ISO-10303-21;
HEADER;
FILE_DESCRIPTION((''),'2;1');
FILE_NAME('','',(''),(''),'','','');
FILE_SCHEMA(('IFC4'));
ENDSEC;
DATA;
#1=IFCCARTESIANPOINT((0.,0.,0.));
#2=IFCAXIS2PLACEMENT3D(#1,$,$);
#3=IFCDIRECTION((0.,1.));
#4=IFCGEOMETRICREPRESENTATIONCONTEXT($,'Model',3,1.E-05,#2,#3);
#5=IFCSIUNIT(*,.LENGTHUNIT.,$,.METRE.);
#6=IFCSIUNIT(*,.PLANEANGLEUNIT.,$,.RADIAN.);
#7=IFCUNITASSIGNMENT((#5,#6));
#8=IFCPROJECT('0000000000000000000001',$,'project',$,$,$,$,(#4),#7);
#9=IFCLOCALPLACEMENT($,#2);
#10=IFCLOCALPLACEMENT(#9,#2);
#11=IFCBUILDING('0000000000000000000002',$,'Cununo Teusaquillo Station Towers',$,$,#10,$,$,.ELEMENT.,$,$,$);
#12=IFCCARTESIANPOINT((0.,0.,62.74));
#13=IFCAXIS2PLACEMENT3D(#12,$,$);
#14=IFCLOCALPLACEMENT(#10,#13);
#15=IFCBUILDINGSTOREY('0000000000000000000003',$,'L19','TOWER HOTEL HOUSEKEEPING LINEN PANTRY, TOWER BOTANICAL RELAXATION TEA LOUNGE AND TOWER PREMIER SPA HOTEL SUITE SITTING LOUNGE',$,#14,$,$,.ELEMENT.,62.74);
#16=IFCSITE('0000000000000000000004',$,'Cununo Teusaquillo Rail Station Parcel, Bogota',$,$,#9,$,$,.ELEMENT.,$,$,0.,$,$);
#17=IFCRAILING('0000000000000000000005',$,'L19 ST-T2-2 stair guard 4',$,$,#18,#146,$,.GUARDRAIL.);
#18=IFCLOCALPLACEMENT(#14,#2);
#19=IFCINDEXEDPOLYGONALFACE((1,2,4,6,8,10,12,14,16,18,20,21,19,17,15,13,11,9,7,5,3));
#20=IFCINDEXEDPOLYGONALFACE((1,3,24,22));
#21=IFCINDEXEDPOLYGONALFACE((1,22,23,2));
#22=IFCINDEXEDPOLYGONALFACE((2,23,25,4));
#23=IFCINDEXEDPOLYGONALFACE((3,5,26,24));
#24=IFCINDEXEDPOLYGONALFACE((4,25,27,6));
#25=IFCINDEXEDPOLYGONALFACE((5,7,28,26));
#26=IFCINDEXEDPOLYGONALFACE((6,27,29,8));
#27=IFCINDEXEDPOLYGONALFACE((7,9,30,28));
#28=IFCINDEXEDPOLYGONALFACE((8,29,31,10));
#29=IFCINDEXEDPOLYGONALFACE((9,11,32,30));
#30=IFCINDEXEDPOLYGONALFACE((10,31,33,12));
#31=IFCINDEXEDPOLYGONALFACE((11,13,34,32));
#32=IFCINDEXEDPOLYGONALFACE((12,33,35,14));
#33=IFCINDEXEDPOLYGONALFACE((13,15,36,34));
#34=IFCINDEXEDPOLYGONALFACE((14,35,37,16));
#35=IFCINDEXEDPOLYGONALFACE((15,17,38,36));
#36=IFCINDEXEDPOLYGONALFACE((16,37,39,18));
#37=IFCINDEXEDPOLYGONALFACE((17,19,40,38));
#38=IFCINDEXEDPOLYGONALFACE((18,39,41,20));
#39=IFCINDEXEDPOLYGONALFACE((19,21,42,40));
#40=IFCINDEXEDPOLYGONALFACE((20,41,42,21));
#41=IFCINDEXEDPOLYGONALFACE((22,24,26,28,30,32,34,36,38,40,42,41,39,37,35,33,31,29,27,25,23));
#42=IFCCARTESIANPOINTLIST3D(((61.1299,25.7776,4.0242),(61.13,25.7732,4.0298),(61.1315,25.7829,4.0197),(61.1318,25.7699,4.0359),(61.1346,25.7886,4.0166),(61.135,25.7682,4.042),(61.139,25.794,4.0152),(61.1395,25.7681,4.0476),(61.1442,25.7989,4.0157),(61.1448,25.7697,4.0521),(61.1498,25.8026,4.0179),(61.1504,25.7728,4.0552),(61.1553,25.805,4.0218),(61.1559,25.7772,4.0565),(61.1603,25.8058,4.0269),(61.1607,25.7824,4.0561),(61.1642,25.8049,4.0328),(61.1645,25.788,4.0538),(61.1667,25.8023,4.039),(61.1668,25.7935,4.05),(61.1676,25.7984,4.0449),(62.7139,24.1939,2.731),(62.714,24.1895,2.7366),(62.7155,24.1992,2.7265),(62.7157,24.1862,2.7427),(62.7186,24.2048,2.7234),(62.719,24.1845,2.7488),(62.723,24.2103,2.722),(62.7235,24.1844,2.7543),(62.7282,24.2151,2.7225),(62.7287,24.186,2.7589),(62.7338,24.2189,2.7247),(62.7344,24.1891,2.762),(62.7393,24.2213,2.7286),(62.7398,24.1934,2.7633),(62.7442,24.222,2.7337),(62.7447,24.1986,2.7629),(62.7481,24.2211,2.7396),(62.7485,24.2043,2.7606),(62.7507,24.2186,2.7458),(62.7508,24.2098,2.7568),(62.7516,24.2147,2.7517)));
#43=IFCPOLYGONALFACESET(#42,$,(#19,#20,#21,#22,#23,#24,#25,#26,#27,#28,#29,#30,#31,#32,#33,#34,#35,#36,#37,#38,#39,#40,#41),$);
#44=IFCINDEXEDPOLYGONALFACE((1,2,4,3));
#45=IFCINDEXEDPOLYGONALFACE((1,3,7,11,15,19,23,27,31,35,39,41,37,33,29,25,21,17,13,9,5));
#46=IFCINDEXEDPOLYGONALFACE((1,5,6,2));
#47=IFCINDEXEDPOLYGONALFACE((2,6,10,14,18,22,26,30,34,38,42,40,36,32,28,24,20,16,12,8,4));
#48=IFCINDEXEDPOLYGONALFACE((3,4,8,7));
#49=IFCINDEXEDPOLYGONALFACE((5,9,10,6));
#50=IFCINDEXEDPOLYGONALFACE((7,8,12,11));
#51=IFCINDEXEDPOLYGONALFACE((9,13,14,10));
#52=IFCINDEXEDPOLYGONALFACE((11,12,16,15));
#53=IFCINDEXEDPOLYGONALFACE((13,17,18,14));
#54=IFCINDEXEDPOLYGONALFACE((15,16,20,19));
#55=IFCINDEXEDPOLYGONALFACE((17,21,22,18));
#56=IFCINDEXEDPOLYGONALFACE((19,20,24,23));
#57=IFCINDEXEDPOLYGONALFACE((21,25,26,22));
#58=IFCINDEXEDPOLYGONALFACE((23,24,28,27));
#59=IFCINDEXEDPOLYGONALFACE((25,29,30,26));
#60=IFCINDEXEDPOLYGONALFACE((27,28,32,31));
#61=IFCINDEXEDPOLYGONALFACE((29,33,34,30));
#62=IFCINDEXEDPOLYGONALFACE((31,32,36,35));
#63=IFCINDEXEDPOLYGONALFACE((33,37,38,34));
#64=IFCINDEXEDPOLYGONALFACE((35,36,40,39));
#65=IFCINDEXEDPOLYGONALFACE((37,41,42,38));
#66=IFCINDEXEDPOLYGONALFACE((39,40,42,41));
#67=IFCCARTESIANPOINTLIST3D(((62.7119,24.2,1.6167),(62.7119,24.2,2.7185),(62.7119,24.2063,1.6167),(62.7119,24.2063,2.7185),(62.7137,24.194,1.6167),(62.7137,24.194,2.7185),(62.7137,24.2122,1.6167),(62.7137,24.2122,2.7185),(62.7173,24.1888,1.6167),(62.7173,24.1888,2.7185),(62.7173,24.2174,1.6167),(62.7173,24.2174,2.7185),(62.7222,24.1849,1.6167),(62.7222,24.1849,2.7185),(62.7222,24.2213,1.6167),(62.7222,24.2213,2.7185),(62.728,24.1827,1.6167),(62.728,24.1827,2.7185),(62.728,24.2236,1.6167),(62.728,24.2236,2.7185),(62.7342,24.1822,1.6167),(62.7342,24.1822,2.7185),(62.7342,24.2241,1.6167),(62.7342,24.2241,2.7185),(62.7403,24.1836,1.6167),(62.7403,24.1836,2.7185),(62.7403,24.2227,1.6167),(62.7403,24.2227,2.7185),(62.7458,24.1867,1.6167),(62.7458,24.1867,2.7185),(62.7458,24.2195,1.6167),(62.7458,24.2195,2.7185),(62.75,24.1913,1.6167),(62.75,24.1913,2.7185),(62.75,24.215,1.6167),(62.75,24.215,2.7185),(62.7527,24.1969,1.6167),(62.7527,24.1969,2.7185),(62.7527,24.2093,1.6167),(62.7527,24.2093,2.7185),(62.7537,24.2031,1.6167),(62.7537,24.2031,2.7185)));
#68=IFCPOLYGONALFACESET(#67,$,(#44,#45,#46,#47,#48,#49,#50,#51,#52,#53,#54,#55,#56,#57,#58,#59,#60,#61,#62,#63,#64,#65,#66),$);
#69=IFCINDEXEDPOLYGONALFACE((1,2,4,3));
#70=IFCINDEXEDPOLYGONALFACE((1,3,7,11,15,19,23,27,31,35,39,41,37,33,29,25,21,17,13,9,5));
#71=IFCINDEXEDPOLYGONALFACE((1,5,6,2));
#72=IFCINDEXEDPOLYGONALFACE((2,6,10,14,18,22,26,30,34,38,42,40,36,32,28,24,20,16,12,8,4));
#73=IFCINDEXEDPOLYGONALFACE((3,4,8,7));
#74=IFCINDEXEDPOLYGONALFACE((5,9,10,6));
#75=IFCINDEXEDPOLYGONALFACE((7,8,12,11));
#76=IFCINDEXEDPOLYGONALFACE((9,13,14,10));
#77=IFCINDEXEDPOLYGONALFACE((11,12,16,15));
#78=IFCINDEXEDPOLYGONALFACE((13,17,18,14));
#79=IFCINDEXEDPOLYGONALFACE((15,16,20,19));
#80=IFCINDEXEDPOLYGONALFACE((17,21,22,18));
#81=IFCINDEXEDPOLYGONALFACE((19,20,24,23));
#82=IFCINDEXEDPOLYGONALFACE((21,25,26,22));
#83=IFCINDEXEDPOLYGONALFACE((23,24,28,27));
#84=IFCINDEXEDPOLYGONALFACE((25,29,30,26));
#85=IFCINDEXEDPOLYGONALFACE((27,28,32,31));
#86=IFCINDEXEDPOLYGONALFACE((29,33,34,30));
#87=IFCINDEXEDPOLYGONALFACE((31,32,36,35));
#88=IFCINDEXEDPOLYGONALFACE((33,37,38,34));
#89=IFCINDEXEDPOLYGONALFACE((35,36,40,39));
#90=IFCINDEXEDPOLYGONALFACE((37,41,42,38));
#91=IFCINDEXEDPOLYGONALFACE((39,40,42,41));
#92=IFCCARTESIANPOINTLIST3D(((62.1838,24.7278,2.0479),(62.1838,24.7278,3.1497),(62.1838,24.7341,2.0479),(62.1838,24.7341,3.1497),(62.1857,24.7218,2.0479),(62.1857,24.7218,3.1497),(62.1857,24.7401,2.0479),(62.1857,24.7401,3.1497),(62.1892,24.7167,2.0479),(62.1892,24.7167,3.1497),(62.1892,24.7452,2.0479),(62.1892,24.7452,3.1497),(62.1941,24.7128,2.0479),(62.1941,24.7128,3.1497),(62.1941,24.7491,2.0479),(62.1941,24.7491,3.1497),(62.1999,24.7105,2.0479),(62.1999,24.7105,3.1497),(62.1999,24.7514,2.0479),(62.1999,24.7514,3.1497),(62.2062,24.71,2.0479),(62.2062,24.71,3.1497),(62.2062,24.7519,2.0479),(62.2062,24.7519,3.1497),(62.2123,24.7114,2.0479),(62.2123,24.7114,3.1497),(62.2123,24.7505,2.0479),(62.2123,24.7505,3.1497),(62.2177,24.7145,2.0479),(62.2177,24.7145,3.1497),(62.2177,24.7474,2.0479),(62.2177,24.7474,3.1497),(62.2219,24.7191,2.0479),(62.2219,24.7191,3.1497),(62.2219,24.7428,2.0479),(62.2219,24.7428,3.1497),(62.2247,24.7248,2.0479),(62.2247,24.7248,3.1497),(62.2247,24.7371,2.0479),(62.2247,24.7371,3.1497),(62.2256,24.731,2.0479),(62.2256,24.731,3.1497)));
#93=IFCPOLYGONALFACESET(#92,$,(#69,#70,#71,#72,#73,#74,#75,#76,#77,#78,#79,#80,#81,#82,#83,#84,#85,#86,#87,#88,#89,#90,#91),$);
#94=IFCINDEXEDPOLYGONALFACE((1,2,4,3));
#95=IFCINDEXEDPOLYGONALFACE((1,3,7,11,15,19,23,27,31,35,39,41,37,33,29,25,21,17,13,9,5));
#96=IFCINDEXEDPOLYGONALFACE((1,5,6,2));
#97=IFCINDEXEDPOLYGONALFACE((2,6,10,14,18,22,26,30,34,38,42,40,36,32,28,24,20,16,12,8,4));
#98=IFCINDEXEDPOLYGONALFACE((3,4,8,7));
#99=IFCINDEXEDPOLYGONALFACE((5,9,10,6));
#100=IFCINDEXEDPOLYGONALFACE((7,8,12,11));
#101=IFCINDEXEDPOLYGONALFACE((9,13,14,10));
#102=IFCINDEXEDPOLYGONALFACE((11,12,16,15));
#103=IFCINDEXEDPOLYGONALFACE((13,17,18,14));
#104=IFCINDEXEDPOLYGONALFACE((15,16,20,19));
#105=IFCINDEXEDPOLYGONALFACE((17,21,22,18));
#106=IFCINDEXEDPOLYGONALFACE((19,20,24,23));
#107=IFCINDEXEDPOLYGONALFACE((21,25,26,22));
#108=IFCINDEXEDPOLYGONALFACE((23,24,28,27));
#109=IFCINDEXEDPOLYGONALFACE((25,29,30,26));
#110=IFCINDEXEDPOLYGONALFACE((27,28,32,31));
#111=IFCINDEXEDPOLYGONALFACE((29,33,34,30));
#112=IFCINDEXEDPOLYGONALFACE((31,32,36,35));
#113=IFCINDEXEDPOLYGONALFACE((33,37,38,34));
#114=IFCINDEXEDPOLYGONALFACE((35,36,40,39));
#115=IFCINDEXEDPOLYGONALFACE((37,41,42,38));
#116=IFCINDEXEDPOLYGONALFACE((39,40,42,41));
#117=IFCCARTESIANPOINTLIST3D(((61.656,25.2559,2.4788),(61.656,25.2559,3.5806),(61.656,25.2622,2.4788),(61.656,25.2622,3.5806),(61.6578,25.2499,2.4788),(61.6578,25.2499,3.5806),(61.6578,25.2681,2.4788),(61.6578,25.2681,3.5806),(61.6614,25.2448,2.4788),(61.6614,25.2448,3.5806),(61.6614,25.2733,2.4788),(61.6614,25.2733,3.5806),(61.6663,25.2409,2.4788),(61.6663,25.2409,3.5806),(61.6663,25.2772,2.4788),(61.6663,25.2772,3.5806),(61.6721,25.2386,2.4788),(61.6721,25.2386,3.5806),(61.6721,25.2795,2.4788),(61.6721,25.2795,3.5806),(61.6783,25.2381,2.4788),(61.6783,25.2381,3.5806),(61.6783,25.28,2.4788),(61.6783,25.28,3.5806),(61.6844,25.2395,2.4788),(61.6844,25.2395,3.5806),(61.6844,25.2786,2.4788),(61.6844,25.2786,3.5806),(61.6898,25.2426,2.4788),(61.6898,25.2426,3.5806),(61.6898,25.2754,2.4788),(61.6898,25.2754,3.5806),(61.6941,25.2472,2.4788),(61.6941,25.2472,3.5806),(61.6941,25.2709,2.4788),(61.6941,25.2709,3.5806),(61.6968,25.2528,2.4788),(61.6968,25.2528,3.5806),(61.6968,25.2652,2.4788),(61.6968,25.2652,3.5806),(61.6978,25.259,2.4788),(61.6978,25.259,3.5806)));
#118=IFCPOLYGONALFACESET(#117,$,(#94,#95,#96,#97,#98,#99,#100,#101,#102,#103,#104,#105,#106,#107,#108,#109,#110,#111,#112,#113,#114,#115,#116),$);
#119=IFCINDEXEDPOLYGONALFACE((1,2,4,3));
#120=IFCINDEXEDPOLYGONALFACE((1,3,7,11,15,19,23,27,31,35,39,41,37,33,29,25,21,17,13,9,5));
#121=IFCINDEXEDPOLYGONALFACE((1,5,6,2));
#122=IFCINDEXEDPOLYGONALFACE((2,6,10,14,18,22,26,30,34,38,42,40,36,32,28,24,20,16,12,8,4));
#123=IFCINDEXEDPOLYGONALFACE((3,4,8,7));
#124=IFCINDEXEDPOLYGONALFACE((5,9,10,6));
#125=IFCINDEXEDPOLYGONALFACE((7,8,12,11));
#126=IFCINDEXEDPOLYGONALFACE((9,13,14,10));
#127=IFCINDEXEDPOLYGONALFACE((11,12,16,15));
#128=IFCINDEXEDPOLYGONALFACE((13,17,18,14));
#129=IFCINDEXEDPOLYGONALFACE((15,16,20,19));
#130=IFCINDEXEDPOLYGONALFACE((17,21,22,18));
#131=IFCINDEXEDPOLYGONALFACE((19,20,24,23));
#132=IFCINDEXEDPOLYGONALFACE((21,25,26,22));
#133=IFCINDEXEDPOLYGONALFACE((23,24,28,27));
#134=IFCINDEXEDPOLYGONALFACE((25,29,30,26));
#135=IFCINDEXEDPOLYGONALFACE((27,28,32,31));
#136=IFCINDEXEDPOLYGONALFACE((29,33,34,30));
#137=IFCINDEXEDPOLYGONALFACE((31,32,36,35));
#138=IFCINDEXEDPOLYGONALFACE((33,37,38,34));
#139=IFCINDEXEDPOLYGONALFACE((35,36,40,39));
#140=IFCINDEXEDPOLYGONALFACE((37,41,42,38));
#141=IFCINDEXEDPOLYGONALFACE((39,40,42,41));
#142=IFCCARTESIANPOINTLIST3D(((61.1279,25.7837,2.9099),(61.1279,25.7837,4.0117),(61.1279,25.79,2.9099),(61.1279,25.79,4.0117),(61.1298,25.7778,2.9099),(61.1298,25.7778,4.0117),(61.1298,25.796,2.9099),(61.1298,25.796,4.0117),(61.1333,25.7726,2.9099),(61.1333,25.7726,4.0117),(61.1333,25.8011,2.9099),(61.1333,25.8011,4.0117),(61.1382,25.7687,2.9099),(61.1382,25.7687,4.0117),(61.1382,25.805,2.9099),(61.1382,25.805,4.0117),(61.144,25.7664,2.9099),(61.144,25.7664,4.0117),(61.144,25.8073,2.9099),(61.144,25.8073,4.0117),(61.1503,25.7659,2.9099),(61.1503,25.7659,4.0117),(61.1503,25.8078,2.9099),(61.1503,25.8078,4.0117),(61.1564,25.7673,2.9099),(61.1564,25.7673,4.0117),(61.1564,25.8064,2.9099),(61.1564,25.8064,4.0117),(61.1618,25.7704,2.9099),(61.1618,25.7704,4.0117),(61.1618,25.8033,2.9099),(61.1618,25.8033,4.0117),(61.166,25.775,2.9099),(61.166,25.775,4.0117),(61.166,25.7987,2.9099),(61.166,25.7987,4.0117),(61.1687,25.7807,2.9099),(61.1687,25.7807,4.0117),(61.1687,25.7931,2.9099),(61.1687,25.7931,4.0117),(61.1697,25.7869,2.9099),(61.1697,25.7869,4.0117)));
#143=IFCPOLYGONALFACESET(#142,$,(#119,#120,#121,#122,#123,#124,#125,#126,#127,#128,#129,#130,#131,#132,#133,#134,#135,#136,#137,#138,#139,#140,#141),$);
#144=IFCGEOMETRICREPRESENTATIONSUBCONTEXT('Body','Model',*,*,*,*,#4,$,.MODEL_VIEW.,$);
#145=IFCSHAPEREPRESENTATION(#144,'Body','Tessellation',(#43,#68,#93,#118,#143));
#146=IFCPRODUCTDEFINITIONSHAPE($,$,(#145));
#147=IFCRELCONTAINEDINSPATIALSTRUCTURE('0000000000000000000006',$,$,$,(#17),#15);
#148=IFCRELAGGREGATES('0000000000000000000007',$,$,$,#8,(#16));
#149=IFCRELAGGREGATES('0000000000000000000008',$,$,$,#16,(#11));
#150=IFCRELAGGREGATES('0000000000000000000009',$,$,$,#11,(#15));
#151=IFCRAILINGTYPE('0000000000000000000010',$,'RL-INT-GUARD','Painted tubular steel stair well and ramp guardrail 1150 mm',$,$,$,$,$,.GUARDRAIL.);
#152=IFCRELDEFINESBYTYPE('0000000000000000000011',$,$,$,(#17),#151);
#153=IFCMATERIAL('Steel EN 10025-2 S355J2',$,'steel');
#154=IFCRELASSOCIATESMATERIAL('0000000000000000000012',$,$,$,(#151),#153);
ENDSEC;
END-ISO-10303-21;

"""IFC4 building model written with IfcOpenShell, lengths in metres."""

from ifc_helpers import new_model, si_unit, direction, frame, origin, origin_2d, place, context, subcontext, project, spatial, circle, extrude, material, type_object, element, save


model = new_model("IFC4")

# Units and contexts
model_context = context("Model", 3, precision=1e-05, world=origin(), true_north=direction((0.0, 1.0)))
body_context = subcontext(model_context, "Body", "Model", "MODEL_VIEW")
ifc_project = project(units=[si_unit("LENGTHUNIT", "METRE"), si_unit("PLANEANGLEUNIT", "RADIAN")], contexts=[model_context])

# Site, building, storey
site_placement = place(None, origin())
site = spatial("IfcSite", under=ifc_project, at=site_placement, Name="Cununo Teusaquillo Rail Station Parcel, Bogota", CompositionType="ELEMENT", RefElevation=0.0)
building_placement = place(site_placement, origin())
building = spatial("IfcBuilding", under=site, at=building_placement, Name="Cununo Teusaquillo Station Towers", CompositionType="ELEMENT")
storey_placement = place(building_placement, frame((0.0, 0.0, 62.74)))
storey = spatial("IfcBuildingStorey", under=building, at=storey_placement, Name="L19", Description="TOWER HOTEL HOUSEKEEPING LINEN PANTRY, TOWER BOTANICAL RELAXATION TEA LOUNGE AND TOWER PREMIER SPA HOTEL SUITE SITTING LOUNGE", CompositionType="ELEMENT", Elevation=62.74)

# Railing
ifc_material_1 = material(Name="Steel EN 10025-2 S355J2", Category="steel")
railing_type = type_object("IfcRailingType", Name="RL-INT-GUARD", Description="Painted tubular steel stair well and ramp guardrail 1150 mm", PredefinedType="GUARDRAIL", material=ifc_material_1)
railing_1_placement = place(storey_placement, frame((62.7327, 24.2031, 1.6167)))
element("IfcRailing", 1, at=railing_1_placement, inside=storey, type_object=railing_type, Name="L19 ST-T2-2 stair guard 4", PredefinedType="GUARDRAIL", context=body_context, shape_type="SweptSolid", body=[
    extrude(circle(Radius=0.0239, at=origin_2d()), frame((0.0, 0.0, 1.126), z_axis=(-0.61242, 0.612326, 0.499998), x_axis=(-0.707052, -0.707161, 0.0)), (0.0, 0.0, 1.0), 2.5864),
    extrude(circle(Radius=0.021, at=origin_2d()), origin(), (0.0, 0.0, 1.0), 1.1018),
    extrude(circle(Radius=0.021, at=origin_2d()), frame((-0.5281, 0.5278, 0.4312)), (0.0, 0.0, 1.0), 1.1018),
    extrude(circle(Radius=0.021, at=origin_2d()), frame((-1.0559, 1.0559, 0.8621)), (0.0, 0.0, 1.0), 1.1018),
    extrude(circle(Radius=0.021, at=origin_2d()), frame((-1.584, 1.5837, 1.2932)), (0.0, 0.0, 1.0), 1.1018),
])

save(model, "model.ifc")
